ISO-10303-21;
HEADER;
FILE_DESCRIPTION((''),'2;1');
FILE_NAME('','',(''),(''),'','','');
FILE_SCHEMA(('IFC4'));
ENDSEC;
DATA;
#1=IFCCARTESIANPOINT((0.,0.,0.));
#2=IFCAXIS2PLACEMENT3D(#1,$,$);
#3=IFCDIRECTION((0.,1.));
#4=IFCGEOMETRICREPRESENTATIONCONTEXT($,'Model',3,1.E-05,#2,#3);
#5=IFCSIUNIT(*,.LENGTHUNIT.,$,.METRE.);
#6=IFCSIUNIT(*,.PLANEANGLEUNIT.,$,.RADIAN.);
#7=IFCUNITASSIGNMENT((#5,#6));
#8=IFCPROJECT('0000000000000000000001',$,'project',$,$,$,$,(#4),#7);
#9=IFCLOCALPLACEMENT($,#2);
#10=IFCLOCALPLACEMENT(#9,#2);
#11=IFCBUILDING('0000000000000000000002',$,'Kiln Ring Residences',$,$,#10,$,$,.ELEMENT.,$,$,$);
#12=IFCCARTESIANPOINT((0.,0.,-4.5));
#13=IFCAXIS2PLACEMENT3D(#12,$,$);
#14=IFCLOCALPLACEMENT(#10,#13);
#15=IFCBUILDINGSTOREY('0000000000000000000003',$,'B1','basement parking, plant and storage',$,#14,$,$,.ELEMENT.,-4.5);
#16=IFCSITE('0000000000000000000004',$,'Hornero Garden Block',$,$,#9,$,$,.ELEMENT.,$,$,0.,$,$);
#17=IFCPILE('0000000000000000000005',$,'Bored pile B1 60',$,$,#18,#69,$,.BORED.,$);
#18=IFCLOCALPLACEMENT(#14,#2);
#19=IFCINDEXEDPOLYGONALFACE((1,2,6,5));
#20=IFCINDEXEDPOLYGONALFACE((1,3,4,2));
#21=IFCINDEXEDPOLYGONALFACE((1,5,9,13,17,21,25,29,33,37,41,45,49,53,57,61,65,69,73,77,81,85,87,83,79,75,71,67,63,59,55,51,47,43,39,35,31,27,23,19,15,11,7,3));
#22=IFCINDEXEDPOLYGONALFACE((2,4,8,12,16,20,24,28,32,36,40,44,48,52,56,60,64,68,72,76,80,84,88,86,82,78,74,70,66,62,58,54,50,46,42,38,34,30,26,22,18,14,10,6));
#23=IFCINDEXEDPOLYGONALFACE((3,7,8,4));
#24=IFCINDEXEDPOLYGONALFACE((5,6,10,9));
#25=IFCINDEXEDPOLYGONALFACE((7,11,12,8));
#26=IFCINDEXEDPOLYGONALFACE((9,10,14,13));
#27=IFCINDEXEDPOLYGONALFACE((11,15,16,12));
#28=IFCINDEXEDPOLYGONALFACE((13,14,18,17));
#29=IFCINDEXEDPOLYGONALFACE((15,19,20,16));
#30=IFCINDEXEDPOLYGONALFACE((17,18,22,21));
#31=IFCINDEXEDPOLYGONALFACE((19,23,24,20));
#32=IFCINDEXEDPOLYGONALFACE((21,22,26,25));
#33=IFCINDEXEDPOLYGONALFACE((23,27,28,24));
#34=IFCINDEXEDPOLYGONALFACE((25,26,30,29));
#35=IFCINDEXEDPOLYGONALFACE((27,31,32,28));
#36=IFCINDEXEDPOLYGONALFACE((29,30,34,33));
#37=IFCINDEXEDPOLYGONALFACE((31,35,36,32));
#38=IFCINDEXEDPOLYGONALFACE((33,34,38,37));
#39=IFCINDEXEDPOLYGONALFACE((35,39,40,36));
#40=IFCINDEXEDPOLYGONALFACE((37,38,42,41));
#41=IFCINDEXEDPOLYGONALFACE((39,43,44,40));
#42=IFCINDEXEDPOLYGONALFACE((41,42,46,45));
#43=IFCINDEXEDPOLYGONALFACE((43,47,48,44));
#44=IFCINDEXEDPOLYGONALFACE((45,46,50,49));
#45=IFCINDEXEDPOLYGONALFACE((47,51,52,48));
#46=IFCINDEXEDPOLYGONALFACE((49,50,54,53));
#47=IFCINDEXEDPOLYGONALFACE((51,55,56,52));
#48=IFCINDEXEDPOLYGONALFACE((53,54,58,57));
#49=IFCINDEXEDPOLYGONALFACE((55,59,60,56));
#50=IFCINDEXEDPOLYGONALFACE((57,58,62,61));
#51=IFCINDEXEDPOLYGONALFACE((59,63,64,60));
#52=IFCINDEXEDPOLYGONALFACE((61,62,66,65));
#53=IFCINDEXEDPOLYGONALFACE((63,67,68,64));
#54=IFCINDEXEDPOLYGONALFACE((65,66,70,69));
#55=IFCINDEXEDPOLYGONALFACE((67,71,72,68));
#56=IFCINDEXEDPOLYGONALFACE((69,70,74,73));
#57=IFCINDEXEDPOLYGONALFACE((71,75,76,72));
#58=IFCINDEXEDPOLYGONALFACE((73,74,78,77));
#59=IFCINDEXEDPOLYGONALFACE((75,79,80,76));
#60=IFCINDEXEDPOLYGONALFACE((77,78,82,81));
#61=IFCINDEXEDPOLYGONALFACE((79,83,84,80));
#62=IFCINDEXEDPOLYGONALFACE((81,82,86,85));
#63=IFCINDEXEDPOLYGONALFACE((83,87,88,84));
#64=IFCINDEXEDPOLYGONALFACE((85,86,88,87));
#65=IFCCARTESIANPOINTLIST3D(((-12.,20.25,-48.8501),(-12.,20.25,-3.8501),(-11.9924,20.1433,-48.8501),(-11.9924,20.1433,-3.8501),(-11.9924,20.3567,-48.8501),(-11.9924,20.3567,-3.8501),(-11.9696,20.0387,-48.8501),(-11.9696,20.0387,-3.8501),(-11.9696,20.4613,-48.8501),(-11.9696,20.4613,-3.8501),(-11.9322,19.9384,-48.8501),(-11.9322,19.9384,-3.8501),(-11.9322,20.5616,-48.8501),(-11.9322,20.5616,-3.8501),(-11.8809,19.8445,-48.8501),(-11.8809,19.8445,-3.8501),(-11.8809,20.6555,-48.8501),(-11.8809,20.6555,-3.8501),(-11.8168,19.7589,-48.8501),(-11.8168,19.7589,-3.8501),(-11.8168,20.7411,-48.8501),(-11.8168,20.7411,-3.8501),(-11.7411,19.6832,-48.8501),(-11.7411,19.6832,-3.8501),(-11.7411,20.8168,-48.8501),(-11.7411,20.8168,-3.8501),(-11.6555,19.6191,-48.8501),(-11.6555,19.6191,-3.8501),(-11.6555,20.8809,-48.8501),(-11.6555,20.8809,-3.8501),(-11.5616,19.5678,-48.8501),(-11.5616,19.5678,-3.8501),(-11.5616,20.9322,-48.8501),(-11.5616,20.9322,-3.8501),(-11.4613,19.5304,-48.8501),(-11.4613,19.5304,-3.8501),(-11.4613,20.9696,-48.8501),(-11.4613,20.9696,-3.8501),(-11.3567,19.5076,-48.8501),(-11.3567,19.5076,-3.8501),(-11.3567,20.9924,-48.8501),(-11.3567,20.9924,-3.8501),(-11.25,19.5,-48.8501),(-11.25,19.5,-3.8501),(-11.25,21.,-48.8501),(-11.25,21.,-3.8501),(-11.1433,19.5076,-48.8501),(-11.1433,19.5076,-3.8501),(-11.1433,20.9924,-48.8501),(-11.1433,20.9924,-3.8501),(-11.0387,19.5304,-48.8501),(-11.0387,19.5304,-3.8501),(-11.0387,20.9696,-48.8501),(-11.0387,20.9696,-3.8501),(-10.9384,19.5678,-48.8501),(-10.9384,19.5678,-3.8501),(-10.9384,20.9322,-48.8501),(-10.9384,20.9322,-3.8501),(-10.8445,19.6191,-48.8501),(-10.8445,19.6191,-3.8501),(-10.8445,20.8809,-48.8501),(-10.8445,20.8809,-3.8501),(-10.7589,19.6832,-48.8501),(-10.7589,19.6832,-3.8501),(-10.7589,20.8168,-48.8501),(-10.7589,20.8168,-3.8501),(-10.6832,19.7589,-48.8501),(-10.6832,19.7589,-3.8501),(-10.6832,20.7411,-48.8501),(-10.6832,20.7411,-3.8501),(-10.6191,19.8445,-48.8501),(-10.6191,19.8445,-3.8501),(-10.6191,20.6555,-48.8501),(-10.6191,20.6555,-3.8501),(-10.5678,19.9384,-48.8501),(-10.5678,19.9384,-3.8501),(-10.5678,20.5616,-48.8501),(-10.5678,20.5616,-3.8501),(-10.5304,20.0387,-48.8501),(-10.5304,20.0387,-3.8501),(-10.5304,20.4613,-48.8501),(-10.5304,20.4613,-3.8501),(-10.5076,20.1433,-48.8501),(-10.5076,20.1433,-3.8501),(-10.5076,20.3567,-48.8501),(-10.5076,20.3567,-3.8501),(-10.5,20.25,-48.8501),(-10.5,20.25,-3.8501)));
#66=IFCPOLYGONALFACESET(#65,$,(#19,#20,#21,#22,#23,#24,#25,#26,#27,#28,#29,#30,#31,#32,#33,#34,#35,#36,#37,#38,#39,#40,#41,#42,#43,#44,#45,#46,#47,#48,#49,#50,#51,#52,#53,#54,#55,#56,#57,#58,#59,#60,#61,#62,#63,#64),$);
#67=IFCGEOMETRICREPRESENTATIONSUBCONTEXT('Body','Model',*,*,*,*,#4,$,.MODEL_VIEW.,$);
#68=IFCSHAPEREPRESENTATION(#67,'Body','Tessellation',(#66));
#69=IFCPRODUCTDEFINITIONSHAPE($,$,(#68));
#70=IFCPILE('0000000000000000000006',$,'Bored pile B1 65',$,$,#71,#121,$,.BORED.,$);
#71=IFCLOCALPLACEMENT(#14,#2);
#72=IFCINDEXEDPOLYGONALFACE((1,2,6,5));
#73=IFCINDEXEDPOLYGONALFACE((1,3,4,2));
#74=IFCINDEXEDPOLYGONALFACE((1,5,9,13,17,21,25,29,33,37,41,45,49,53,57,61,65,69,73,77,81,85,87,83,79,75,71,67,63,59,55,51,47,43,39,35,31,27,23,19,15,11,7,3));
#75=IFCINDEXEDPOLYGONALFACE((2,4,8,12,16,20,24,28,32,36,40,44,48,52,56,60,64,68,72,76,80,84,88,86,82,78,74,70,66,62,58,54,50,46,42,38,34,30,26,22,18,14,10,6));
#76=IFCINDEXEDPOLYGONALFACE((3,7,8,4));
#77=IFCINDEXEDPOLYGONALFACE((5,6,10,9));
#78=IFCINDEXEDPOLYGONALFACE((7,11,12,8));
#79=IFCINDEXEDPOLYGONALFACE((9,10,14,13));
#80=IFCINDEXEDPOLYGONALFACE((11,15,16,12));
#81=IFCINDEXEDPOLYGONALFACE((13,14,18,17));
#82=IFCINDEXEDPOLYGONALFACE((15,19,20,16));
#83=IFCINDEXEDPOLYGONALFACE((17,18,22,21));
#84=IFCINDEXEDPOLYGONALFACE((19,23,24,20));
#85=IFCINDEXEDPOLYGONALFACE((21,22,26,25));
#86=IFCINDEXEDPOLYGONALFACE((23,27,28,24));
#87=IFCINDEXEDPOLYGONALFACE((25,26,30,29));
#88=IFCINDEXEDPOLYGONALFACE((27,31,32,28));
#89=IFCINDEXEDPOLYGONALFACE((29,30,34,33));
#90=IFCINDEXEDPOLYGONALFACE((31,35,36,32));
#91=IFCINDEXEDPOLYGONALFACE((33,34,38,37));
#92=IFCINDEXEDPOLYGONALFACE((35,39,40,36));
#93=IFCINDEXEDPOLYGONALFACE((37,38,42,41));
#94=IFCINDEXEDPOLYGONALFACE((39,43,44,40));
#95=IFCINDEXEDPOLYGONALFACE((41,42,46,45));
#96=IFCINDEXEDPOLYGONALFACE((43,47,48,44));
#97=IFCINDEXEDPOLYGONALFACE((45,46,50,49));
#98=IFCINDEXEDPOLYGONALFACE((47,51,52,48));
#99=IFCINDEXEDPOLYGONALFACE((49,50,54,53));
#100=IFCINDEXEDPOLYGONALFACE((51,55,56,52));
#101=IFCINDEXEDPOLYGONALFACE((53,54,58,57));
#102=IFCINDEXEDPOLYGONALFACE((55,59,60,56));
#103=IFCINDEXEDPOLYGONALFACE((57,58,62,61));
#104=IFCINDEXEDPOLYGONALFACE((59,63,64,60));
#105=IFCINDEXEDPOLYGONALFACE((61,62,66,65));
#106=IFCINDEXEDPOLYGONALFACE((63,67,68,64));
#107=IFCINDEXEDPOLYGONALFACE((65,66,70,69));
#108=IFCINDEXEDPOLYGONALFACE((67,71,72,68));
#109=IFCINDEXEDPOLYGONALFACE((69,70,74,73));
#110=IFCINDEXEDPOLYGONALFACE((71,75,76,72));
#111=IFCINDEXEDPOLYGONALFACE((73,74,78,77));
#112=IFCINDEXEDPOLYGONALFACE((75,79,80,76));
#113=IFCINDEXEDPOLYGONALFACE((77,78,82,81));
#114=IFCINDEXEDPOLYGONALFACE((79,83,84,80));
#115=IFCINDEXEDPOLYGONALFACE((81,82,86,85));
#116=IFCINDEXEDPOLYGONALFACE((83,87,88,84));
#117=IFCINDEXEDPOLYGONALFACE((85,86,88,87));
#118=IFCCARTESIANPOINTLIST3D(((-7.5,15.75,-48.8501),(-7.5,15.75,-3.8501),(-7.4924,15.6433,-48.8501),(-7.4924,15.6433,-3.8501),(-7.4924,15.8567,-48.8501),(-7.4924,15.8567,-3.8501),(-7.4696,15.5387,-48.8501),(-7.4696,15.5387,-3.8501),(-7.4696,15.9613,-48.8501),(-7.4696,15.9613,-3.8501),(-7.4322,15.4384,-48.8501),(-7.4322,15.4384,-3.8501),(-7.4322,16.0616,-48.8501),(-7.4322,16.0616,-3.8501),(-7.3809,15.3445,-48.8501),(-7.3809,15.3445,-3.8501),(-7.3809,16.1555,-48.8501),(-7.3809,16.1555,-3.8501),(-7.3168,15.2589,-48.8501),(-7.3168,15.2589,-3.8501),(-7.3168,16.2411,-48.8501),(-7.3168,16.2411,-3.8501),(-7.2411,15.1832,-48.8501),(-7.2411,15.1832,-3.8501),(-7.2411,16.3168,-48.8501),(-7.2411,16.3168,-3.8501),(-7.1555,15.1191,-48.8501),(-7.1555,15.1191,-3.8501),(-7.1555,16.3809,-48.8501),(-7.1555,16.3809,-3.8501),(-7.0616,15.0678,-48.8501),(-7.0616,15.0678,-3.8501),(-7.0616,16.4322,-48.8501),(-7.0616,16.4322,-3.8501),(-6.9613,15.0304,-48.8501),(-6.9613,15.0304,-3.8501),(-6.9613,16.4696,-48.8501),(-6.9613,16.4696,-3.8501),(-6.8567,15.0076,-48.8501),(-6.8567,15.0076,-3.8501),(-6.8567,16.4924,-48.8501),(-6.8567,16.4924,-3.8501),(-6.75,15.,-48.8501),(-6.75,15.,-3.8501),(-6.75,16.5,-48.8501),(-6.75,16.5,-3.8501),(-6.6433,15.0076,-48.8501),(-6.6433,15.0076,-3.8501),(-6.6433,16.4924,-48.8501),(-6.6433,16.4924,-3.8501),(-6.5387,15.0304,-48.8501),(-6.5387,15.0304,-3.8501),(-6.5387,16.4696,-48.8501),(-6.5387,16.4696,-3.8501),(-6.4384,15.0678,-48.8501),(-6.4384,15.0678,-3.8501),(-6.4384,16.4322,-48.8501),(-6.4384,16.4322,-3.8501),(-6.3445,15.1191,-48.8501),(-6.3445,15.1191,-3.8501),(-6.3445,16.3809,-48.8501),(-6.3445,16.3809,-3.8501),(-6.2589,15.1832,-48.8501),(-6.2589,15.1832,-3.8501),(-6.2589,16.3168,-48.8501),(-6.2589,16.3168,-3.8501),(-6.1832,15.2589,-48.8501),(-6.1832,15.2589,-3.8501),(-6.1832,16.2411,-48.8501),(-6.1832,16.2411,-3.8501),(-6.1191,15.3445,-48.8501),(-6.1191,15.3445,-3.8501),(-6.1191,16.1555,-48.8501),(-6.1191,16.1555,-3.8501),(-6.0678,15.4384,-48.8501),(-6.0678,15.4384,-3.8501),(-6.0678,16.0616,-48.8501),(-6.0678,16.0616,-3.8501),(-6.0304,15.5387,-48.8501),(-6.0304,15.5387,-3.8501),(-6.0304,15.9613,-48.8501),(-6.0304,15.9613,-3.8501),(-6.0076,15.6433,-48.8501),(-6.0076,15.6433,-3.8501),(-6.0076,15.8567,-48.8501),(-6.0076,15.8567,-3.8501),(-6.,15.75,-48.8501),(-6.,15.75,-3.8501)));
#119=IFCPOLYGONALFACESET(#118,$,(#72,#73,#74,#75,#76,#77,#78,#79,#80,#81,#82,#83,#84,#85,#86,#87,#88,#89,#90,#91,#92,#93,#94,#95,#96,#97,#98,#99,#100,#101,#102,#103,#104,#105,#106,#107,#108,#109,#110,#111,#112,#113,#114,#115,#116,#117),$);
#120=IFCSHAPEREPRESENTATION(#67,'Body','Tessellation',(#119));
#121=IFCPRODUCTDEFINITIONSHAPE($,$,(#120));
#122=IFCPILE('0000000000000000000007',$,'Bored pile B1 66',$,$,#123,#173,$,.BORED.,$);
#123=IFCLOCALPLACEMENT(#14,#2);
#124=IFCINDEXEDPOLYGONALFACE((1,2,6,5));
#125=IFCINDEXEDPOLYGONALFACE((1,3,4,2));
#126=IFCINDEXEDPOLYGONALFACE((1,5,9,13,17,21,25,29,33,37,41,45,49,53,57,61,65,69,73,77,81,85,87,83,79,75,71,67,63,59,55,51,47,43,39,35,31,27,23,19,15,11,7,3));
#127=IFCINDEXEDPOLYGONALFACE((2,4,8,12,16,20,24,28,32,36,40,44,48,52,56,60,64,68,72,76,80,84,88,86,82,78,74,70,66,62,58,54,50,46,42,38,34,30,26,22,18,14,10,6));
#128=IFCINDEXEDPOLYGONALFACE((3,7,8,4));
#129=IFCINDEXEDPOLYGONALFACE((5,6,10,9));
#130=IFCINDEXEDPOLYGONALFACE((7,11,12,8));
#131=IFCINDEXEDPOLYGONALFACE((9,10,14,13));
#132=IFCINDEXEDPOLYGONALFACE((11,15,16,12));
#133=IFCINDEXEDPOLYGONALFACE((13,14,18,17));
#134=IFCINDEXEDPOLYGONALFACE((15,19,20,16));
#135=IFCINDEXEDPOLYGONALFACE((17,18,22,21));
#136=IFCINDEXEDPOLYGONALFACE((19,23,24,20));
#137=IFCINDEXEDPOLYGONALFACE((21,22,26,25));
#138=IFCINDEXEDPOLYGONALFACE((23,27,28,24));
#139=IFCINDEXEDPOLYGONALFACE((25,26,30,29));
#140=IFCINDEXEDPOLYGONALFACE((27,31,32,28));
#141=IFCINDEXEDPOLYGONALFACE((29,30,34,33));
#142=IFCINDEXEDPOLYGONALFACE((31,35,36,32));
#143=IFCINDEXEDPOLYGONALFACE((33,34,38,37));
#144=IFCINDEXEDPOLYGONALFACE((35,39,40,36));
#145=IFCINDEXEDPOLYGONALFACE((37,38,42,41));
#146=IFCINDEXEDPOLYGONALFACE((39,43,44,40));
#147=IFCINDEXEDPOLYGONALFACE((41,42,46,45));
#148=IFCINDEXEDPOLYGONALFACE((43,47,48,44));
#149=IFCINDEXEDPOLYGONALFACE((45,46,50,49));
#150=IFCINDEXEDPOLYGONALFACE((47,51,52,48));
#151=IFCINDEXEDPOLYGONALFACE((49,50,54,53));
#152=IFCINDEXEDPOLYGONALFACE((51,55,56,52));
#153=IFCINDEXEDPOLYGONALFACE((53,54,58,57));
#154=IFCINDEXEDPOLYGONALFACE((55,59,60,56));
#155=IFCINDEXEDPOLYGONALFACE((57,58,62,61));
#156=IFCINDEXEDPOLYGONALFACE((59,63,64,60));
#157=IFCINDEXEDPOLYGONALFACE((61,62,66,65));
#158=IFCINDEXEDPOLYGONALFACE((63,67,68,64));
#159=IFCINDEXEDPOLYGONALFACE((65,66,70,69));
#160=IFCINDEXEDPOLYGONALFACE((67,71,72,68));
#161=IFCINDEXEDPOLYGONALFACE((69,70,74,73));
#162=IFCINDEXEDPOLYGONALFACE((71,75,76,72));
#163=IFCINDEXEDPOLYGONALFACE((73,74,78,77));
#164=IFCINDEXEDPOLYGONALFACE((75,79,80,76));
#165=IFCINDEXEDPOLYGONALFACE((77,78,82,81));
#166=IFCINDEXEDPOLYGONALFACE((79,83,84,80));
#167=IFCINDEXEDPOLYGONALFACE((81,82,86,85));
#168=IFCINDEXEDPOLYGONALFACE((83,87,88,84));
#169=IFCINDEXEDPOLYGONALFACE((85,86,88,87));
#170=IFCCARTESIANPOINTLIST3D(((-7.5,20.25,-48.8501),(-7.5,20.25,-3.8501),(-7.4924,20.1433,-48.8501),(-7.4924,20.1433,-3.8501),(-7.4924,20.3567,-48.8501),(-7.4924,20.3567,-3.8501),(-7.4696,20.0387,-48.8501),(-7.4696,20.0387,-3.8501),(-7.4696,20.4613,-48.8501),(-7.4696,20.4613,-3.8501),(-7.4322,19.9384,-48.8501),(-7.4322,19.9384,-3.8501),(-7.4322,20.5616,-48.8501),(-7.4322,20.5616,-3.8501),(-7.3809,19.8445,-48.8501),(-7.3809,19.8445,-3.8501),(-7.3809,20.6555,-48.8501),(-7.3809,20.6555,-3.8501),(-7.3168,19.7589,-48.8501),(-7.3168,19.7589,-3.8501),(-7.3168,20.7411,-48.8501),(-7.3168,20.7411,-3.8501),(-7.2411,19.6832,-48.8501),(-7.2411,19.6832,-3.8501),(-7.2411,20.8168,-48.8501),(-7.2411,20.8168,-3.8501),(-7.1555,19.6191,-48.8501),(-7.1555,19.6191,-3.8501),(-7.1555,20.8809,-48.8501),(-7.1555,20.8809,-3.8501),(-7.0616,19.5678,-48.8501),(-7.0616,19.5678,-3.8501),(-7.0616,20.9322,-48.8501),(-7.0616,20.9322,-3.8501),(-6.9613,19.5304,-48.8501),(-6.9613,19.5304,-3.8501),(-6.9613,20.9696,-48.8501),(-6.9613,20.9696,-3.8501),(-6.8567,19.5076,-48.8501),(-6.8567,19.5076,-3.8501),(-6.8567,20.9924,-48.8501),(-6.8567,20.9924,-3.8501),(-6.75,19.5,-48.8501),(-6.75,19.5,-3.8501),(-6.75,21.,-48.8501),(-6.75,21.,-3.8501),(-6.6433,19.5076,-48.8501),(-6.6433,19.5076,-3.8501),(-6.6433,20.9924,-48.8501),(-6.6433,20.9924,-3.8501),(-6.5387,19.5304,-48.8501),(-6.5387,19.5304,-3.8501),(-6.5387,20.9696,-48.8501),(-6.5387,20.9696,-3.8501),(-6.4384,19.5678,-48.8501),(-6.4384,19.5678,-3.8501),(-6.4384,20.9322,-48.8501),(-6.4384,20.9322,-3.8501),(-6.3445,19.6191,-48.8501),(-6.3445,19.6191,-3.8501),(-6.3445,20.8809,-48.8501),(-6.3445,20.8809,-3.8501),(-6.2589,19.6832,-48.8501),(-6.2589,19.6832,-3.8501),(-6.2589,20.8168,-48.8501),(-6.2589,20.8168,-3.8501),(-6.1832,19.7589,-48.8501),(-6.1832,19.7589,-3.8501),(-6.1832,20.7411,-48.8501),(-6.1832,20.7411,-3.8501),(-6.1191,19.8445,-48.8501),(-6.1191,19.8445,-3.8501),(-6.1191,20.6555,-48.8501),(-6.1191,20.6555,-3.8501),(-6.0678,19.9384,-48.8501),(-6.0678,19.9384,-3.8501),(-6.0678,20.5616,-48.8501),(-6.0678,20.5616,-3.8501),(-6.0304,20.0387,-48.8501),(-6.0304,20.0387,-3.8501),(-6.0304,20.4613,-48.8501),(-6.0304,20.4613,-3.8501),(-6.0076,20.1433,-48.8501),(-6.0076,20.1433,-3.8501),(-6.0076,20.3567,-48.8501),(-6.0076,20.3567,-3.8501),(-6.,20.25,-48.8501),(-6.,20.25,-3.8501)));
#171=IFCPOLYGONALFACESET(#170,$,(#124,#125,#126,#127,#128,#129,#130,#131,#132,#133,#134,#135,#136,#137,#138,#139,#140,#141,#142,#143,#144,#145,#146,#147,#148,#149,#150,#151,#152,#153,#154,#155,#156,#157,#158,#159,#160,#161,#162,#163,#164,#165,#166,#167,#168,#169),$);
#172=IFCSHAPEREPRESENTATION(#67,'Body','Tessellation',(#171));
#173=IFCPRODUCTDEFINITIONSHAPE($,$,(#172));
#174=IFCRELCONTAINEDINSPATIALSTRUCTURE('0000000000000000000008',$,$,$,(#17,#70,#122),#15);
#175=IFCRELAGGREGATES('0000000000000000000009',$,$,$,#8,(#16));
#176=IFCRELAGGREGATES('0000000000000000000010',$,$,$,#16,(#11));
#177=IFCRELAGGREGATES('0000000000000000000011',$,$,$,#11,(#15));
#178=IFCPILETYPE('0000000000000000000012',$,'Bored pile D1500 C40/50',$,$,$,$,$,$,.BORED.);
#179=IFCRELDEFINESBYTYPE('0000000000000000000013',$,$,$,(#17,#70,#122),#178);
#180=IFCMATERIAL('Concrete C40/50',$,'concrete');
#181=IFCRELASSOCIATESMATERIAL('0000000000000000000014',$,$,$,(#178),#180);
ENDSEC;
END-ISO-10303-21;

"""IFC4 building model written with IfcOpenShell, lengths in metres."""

from ifc_helpers import new_model, si_unit, direction, frame, origin, origin_2d, place, context, subcontext, project, spatial, circle, extrude, material, material_profile, profile_set, type_object, element, save


model = new_model("IFC4")

# Units and contexts
model_context = context("Model", 3, precision=1e-05, world=origin(), true_north=direction((0.0, 1.0)))
body_context = subcontext(model_context, "Body", "Model", "MODEL_VIEW")
ifc_project = project(units=[si_unit("LENGTHUNIT", "METRE"), si_unit("PLANEANGLEUNIT", "RADIAN")], contexts=[model_context])

# Site, building, storey
site_placement = place(None, origin())
site = spatial("IfcSite", under=ifc_project, at=site_placement, Name="Hornero Garden Block", CompositionType="ELEMENT", RefElevation=0.0)
building_placement = place(site_placement, origin())
building = spatial("IfcBuilding", under=site, at=building_placement, Name="Kiln Ring Residences", CompositionType="ELEMENT")
storey_placement = place(building_placement, frame((0.0, 0.0, -4.5)))
storey = spatial("IfcBuildingStorey", under=building, at=storey_placement, Name="B1", Description="basement parking, plant and storage", CompositionType="ELEMENT", Elevation=-4.5)

# Piles
ifc_material_1 = material(Name="Concrete C40/50", Category="concrete")
ifc_material_profile_1 = material_profile(ifc_material_1, circle(Radius=0.75, at=origin_2d()), Name="BORED1500")
ifc_profile_set_1 = profile_set([ifc_material_profile_1], Name="Concrete C40/50")
pile_type = type_object("IfcPileType", Name="Bored pile D1500 C40/50", PredefinedType="BORED", material=ifc_profile_set_1)
for number, where, z_axis, x_axis, name in (
    (1, (-11.25, 20.25, -3.8501), (0.0, 0.0, -1.0), (1.0, 0.0, 0.0), "Bored pile B1 60"),
    (2, (-6.75, 15.75, -3.8501), (0.0, 0.0, -1.0), (1.0, 0.0, 0.0), "Bored pile B1 65"),
    (3, (-6.75, 20.25, -3.8501), (0.0, 0.0, -1.0), (1.0, 0.0, 0.0), "Bored pile B1 66"),
):
    element("IfcPile", number, at=place(storey_placement, frame(where, z_axis=z_axis, x_axis=x_axis)), inside=storey, type_object=pile_type, Name=name, PredefinedType="BORED", context=body_context, shape_type="SweptSolid", body=[
        extrude(circle(Radius=0.75, at=origin_2d()), origin(), (0.0, 0.0, 1.0), 45.0),
    ])

save(model, "model.ifc")
